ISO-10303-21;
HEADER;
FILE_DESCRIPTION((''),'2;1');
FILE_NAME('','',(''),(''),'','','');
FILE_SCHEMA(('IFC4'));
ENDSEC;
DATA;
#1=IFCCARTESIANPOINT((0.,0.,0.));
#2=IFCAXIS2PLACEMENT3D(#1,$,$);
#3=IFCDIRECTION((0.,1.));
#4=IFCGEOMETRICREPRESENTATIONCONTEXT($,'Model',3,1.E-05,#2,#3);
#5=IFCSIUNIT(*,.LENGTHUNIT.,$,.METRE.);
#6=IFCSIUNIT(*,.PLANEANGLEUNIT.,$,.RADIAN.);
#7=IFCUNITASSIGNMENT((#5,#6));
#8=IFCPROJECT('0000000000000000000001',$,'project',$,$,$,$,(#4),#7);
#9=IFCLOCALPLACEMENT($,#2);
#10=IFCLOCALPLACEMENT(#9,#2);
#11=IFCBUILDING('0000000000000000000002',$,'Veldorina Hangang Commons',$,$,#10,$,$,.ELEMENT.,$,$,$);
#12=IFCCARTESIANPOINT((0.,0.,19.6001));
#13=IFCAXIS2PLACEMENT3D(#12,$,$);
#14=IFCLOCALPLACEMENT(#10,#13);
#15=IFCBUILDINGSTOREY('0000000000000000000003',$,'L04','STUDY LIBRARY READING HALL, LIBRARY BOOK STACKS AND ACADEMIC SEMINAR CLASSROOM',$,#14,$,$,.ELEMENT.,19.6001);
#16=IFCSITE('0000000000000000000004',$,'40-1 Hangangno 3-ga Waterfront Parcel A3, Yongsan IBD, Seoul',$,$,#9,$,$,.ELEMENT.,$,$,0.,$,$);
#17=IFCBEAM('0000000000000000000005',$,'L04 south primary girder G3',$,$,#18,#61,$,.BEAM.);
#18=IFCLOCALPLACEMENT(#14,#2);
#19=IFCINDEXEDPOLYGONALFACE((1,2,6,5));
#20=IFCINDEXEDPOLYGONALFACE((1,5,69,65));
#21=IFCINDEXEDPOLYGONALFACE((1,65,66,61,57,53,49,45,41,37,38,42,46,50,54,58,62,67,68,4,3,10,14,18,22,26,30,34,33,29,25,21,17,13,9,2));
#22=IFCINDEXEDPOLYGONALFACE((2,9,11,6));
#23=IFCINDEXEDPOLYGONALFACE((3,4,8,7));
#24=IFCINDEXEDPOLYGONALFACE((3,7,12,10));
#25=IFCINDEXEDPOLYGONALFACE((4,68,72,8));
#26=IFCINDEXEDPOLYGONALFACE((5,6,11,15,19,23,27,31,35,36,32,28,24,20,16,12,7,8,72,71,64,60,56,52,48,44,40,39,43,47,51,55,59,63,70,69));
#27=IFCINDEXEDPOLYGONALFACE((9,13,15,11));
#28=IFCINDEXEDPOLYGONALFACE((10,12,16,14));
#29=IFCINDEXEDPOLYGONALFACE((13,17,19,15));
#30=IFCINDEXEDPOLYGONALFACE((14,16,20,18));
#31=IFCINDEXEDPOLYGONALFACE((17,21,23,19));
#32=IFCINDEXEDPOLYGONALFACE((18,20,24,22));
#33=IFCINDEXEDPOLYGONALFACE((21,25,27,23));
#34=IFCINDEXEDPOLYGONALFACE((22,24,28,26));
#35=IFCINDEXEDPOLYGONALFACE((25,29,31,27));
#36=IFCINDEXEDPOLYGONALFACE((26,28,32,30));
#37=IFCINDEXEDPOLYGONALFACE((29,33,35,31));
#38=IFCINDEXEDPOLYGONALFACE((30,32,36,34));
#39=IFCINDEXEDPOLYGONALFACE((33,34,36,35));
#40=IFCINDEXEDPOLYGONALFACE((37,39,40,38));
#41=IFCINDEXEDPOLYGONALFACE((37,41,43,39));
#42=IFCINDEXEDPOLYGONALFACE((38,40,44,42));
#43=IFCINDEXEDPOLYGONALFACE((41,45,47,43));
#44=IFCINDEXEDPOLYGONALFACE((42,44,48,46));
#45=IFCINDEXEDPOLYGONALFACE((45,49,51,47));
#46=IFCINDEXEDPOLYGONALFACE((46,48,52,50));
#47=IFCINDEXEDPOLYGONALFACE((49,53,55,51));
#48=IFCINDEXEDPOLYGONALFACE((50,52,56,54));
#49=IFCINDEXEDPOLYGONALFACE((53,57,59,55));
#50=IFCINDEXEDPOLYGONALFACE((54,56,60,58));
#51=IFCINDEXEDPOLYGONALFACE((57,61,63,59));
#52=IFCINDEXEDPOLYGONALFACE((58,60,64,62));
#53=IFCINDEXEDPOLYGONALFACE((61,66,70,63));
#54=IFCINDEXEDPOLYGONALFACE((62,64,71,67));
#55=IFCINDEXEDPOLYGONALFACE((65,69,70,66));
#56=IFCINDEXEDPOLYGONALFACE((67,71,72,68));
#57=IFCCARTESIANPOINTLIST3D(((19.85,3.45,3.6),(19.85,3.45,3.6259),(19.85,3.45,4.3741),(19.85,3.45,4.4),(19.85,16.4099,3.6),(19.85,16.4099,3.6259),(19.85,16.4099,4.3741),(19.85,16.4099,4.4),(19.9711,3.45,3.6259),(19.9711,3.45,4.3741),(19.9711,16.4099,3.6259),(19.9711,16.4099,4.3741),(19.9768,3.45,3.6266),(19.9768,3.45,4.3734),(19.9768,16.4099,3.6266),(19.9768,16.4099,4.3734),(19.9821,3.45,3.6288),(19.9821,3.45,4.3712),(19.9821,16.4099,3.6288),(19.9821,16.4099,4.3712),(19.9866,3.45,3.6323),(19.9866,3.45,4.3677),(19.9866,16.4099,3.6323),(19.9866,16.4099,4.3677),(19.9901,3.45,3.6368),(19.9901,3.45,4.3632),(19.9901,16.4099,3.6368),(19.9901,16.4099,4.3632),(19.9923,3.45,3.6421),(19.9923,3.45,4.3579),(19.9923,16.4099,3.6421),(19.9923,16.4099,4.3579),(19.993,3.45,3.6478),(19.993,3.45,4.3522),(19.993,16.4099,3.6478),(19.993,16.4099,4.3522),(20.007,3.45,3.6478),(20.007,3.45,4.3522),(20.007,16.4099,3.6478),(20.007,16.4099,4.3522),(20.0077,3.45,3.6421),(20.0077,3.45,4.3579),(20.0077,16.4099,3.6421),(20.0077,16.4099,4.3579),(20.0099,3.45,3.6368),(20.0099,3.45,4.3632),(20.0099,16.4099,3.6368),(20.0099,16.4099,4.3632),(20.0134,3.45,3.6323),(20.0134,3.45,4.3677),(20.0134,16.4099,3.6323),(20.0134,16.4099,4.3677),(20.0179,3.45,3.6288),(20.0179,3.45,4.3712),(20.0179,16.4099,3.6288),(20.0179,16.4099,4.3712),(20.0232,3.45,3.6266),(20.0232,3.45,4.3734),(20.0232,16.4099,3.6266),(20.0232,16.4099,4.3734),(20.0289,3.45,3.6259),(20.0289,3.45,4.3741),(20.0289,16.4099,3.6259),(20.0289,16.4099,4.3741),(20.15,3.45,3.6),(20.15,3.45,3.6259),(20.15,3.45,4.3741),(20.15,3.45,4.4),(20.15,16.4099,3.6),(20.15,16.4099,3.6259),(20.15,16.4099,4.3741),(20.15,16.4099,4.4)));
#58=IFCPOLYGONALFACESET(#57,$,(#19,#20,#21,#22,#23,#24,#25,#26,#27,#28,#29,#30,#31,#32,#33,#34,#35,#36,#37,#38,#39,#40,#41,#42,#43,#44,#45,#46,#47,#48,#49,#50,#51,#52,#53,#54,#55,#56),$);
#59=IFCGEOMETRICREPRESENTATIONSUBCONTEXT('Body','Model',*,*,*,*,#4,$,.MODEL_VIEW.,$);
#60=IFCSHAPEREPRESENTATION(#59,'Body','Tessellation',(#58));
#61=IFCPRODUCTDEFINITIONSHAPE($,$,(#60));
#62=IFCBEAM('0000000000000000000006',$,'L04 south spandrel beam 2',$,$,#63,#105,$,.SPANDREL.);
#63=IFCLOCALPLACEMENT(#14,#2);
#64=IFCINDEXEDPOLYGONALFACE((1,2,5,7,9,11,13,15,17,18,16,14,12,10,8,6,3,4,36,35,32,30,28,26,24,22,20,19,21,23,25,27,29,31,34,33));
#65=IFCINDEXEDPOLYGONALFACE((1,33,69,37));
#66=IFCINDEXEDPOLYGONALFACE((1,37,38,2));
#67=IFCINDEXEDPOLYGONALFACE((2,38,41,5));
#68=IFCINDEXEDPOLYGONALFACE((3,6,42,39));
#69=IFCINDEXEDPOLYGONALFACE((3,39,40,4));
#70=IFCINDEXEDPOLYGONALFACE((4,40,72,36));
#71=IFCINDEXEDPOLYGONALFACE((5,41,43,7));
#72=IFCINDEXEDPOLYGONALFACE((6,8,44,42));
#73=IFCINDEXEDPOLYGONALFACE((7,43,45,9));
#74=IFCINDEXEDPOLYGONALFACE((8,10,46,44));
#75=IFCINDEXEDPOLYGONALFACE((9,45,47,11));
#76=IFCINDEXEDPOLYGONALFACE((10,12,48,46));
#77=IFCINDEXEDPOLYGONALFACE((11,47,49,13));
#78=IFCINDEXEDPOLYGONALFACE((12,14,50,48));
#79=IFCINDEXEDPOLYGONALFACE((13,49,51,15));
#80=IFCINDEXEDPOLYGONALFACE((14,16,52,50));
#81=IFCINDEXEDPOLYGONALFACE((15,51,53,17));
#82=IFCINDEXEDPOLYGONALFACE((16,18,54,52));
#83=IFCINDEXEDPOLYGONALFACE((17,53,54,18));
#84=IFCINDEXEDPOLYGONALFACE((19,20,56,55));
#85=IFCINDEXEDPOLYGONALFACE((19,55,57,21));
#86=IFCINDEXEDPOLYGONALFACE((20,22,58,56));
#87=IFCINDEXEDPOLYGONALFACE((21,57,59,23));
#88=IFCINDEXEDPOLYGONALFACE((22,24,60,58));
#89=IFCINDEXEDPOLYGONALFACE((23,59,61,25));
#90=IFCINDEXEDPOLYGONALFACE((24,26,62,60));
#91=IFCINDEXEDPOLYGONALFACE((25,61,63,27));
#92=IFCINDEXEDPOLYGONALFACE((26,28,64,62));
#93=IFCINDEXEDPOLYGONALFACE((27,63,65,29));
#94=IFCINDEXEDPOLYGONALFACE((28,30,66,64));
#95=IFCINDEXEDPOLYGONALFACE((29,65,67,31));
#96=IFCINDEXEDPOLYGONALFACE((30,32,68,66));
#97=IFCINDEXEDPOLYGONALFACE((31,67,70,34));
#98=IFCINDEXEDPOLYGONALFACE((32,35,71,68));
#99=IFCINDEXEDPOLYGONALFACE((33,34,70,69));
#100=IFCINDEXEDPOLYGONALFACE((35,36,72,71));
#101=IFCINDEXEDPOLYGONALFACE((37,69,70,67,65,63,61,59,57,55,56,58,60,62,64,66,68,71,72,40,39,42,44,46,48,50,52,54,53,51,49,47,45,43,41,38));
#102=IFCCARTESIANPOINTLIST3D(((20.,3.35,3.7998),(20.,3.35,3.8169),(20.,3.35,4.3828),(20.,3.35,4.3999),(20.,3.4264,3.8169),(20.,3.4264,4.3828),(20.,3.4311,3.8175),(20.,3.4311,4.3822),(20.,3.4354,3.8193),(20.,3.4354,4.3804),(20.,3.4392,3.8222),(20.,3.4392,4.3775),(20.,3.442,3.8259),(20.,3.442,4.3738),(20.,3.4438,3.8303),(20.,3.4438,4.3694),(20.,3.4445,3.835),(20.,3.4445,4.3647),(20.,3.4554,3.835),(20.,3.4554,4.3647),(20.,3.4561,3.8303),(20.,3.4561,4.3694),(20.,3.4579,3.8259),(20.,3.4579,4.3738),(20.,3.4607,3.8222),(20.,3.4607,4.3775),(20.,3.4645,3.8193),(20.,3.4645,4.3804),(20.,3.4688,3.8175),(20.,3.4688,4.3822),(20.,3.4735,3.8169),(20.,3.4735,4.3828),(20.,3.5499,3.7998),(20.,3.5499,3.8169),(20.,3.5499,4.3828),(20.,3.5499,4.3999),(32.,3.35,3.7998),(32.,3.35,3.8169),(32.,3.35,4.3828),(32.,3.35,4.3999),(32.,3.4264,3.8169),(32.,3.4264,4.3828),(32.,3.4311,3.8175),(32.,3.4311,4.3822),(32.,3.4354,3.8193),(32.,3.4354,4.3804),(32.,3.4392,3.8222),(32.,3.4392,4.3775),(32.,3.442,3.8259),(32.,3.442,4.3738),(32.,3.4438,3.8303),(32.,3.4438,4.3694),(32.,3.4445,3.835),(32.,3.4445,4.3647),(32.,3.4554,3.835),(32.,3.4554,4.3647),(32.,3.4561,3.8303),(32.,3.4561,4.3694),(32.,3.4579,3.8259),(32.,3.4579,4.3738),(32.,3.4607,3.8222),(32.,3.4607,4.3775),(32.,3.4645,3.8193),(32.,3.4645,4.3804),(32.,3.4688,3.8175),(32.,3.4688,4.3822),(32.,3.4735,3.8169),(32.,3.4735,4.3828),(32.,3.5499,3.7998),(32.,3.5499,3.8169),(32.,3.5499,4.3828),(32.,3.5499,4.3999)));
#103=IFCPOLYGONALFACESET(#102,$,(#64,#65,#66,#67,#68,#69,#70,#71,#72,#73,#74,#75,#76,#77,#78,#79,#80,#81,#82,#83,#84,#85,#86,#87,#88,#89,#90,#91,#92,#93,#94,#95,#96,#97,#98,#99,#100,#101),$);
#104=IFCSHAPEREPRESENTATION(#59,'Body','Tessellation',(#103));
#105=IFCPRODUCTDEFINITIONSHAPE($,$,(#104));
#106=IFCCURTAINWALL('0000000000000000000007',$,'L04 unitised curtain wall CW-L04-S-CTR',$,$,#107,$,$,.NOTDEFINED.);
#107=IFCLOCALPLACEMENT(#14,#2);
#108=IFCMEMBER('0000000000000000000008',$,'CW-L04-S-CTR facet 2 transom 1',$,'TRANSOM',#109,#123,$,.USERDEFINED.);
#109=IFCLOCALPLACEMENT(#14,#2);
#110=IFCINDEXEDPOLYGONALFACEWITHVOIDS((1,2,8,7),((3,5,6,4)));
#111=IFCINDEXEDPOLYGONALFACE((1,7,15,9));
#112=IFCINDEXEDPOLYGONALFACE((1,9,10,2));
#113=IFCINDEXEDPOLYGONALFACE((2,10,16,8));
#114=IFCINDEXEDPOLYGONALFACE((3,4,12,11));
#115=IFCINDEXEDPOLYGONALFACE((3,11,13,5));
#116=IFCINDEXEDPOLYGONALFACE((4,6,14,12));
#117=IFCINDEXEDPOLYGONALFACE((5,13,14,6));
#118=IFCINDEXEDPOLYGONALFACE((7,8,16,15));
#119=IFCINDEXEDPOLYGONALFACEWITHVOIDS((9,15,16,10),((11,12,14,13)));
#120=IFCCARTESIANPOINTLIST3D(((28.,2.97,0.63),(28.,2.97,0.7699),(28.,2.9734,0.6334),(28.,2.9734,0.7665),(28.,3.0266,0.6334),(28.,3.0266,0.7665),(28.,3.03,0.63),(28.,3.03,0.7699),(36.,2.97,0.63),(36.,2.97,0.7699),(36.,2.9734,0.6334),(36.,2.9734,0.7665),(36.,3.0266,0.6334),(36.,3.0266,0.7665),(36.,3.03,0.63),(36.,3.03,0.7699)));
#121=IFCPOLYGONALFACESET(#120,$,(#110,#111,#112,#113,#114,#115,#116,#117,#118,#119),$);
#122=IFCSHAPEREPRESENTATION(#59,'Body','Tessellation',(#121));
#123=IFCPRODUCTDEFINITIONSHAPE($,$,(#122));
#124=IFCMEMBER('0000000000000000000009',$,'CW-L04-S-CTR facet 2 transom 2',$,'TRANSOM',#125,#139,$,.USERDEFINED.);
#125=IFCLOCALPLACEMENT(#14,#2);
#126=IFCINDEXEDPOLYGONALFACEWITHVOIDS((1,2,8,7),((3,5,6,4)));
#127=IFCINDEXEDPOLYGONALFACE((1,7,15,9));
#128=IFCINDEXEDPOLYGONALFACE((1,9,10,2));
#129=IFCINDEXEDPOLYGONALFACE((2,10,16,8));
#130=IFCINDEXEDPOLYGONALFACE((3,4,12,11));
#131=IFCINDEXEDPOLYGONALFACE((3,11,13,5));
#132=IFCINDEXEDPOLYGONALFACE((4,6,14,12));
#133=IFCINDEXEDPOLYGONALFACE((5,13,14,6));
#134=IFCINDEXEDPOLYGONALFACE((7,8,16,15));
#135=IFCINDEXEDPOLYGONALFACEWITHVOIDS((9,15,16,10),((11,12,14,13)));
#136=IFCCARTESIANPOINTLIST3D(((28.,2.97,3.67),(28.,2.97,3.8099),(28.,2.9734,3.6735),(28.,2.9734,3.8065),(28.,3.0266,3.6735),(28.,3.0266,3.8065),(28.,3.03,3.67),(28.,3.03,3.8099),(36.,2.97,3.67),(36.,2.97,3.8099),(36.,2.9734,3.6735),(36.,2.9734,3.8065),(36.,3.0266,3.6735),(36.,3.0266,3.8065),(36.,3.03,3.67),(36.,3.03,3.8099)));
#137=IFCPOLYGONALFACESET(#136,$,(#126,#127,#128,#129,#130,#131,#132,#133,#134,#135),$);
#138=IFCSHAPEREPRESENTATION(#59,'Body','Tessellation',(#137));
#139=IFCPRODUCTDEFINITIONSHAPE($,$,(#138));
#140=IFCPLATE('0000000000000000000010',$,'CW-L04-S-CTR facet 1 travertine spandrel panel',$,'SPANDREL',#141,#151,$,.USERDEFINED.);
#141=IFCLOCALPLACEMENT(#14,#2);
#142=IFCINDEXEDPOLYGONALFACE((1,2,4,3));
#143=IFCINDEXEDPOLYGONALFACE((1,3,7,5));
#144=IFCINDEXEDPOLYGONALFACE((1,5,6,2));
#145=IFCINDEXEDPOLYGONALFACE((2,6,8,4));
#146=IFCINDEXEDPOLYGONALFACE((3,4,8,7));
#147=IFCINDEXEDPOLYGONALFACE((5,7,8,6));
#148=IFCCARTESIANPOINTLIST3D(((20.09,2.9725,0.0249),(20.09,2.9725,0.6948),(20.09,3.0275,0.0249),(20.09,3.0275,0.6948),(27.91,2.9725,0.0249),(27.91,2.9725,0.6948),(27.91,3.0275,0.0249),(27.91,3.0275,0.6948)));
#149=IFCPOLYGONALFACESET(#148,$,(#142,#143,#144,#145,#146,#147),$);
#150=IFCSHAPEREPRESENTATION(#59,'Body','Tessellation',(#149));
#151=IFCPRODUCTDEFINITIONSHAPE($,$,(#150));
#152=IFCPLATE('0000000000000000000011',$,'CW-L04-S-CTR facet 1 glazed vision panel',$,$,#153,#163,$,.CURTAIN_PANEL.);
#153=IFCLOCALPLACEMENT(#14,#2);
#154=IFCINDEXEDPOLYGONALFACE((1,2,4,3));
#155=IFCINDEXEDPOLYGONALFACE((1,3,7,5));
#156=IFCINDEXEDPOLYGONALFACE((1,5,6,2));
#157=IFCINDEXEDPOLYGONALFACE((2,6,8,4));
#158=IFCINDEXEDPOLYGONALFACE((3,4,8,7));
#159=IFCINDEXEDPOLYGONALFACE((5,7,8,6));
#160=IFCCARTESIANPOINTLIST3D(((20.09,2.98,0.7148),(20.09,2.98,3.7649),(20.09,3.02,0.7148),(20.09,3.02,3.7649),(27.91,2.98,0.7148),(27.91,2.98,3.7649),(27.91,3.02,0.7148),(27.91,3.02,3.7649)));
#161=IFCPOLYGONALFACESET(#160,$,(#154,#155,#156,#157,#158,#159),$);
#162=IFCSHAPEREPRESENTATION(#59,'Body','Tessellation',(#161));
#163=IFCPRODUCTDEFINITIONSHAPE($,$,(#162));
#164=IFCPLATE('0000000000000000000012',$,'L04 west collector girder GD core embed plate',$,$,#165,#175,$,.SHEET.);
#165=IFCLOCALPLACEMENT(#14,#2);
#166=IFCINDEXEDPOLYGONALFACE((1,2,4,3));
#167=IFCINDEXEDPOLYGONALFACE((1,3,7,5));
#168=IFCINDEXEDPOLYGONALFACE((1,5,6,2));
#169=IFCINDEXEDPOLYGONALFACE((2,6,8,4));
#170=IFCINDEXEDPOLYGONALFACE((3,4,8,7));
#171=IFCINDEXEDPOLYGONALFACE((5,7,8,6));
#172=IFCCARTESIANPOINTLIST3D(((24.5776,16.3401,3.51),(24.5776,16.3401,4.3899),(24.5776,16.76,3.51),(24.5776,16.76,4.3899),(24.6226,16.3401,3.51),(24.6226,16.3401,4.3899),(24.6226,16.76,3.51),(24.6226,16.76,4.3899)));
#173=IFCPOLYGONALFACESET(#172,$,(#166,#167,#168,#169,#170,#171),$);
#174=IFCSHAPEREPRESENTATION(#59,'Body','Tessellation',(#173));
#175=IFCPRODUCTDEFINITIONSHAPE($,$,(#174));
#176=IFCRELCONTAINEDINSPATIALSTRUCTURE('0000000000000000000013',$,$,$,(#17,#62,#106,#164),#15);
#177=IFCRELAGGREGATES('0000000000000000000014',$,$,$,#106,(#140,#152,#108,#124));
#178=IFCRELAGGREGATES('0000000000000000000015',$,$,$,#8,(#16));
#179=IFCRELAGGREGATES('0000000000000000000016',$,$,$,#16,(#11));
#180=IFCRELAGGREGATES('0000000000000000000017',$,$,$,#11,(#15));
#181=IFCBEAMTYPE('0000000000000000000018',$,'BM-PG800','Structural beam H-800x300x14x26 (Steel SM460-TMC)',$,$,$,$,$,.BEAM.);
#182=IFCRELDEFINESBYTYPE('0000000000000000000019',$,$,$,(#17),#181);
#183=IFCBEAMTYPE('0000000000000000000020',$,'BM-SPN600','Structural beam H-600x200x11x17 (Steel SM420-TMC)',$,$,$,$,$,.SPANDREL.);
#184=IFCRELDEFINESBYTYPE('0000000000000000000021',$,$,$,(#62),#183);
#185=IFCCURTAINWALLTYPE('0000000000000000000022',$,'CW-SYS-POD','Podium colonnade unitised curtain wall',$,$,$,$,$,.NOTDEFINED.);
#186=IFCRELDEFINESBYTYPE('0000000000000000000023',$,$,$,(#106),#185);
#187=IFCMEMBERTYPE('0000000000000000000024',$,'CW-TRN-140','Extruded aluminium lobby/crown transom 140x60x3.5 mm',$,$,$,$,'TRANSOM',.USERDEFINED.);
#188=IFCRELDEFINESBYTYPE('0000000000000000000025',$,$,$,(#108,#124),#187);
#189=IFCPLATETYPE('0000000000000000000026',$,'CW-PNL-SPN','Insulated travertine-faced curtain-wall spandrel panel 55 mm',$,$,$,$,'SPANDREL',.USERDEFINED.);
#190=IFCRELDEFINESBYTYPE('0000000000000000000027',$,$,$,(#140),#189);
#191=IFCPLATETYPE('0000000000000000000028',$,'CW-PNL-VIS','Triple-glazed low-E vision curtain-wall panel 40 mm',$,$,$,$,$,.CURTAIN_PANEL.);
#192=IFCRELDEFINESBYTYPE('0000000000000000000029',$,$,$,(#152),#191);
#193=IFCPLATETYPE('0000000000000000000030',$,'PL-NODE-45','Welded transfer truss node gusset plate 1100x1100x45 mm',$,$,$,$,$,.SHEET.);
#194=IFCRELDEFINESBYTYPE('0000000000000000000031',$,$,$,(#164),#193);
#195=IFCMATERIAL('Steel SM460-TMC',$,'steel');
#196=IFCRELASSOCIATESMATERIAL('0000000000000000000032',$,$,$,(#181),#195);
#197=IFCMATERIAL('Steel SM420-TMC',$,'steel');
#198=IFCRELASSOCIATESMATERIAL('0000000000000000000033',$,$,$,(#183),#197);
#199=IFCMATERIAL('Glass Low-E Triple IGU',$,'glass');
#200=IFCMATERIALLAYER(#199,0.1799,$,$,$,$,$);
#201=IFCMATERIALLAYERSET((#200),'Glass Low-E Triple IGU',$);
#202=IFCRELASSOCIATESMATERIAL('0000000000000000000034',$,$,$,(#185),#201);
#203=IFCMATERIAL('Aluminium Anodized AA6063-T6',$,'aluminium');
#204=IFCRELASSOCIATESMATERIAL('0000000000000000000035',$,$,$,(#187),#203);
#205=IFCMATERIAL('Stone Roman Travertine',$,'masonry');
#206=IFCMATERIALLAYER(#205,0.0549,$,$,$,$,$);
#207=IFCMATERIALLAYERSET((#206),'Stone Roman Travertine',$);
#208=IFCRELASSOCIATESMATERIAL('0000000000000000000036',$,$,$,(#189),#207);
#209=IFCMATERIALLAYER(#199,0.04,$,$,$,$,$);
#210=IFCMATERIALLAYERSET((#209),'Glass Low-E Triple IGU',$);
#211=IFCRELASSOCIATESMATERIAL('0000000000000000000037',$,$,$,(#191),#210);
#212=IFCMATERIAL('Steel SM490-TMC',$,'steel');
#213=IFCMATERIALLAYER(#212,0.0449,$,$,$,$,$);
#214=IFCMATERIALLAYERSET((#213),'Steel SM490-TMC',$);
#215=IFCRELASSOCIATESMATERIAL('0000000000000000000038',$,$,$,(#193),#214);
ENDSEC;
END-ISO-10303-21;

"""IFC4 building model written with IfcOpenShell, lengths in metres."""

from ifc_helpers import new_model, si_unit, direction, frame, origin, origin_2d, place, context, subcontext, project, spatial, rectangle, hollow_rectangle, i_section, extrude, material, layer, layer_set, material_profile, profile_set, type_object, element, aggregate, save


model = new_model("IFC4")

# Units and contexts
model_context = context("Model", 3, precision=1e-05, world=origin(), true_north=direction((0.0, 1.0)))
body_context = subcontext(model_context, "Body", "Model", "MODEL_VIEW")
ifc_project = project(units=[si_unit("LENGTHUNIT", "METRE"), si_unit("PLANEANGLEUNIT", "RADIAN")], contexts=[model_context])

# Site, building, storey
site_placement = place(None, origin())
site = spatial("IfcSite", under=ifc_project, at=site_placement, Name="40-1 Hangangno 3-ga Waterfront Parcel A3, Yongsan IBD, Seoul", CompositionType="ELEMENT", RefElevation=0.0)
building_placement = place(site_placement, origin())
building = spatial("IfcBuilding", under=site, at=building_placement, Name="Veldorina Hangang Commons", CompositionType="ELEMENT")
storey_placement = place(building_placement, frame((0.0, 0.0, 19.6001)))
storey = spatial("IfcBuildingStorey", under=building, at=storey_placement, Name="L04", Description="STUDY LIBRARY READING HALL, LIBRARY BOOK STACKS AND ACADEMIC SEMINAR CLASSROOM", CompositionType="ELEMENT", Elevation=19.6001)

# Shared definitions
ifc_material_1 = material(Name="Steel SM490-TMC", Category="steel")

# Beams
ifc_material_2 = material(Name="Steel SM460-TMC", Category="steel")
ifc_material_profile_1 = material_profile(ifc_material_2, i_section(OverallWidth=0.3, OverallDepth=0.8, WebThickness=0.0139, FlangeThickness=0.0259, FilletRadius=0.022, at=origin_2d()), Name="H-800x300x14x26")
ifc_profile_set_1 = profile_set([ifc_material_profile_1], Name="Steel SM460-TMC")
beam_type_1 = type_object("IfcBeamType", Name="BM-PG800", Description="Structural beam H-800x300x14x26 (Steel SM460-TMC)", PredefinedType="BEAM", material=ifc_profile_set_1)
beam_1_placement = place(storey_placement, frame((20.0, 3.45, 4.0), z_axis=(0.0, 1.0, 0.0), x_axis=(-1.0, 0.0, 0.0)))
element("IfcBeam", 1, at=beam_1_placement, inside=storey, type_object=beam_type_1, Name="L04 south primary girder G3", PredefinedType="BEAM", context=body_context, shape_type="SweptSolid", body=[
    extrude(i_section(OverallWidth=0.3, OverallDepth=0.8, WebThickness=0.0139, FlangeThickness=0.0259, FilletRadius=0.022, at=origin_2d()), origin(), (0.0, 0.0, 1.0), 12.96),
])
ifc_material_3 = material(Name="Steel SM420-TMC", Category="steel")
ifc_material_profile_2 = material_profile(ifc_material_3, i_section(OverallWidth=0.2, OverallDepth=0.6001, WebThickness=0.011, FlangeThickness=0.0171, FilletRadius=0.0181, at=origin_2d()), Name="H-600x200x11x17")
ifc_profile_set_2 = profile_set([ifc_material_profile_2], Name="Steel SM420-TMC")
beam_type_2 = type_object("IfcBeamType", Name="BM-SPN600", Description="Structural beam H-600x200x11x17 (Steel SM420-TMC)", PredefinedType="SPANDREL", material=ifc_profile_set_2)
beam_2_placement = place(storey_placement, frame((20.0, 3.45, 4.0999), z_axis=(1.0, 0.0, 0.0), x_axis=(0.0, 1.0, 0.0)))
element("IfcBeam", 2, at=beam_2_placement, inside=storey, type_object=beam_type_2, Name="L04 south spandrel beam 2", PredefinedType="SPANDREL", context=body_context, shape_type="SweptSolid", body=[
    extrude(i_section(OverallWidth=0.2, OverallDepth=0.6001, WebThickness=0.011, FlangeThickness=0.0171, FilletRadius=0.0181, at=origin_2d()), origin(), (0.0, 0.0, 1.0), 12.0),
])

# Curtain wall, members, plates
ifc_material_4 = material(Name="Glass Low-E Triple IGU", Category="glass")
ifc_layer_1 = layer(ifc_material_4, 0.1799)
ifc_layer_set_1 = layer_set([ifc_layer_1], Name="Glass Low-E Triple IGU")
curtain_wall_type = type_object("IfcCurtainWallType", Name="CW-SYS-POD", Description="Podium colonnade unitised curtain wall", PredefinedType="NOTDEFINED", material=ifc_layer_set_1)
curtain_wall_placement = place(storey_placement, origin())
curtain_wall = element("IfcCurtainWall", 3, at=curtain_wall_placement, inside=storey, type_object=curtain_wall_type, Name="L04 unitised curtain wall CW-L04-S-CTR", PredefinedType="NOTDEFINED")
ifc_material_5 = material(Name="Aluminium Anodized AA6063-T6", Category="aluminium")
ifc_material_profile_3 = material_profile(ifc_material_5, hollow_rectangle(XDim=0.0601, YDim=0.1399, WallThickness=0.0034, at=origin_2d()), Name="ALU-RHS-140x60x3.5")
ifc_profile_set_3 = profile_set([ifc_material_profile_3], Name="Aluminium Anodized AA6063-T6")
member_type = type_object("IfcMemberType", Name="CW-TRN-140", Description="Extruded aluminium lobby/crown transom 140x60x3.5 mm", ElementType="TRANSOM", PredefinedType="USERDEFINED", material=ifc_profile_set_3)
member_1_placement = place(storey_placement, frame((28.0, 3.0, 0.7), z_axis=(1.0, 0.0, 0.0), x_axis=(0.0, 1.0, 0.0)))
member_1 = element("IfcMember", 4, at=member_1_placement, type_object=member_type, Name="CW-L04-S-CTR facet 2 transom 1", ObjectType="TRANSOM", PredefinedType="USERDEFINED", context=body_context, shape_type="SweptSolid", body=[
    extrude(hollow_rectangle(XDim=0.0601, YDim=0.1399, WallThickness=0.0034, at=origin_2d()), origin(), (0.0, 0.0, 1.0), 8.0),
])
member_2_placement = place(storey_placement, frame((28.0, 3.0, 3.74), z_axis=(1.0, 0.0, 0.0), x_axis=(0.0, 1.0, 0.0)))
member_2 = element("IfcMember", 5, at=member_2_placement, type_object=member_type, Name="CW-L04-S-CTR facet 2 transom 2", ObjectType="TRANSOM", PredefinedType="USERDEFINED", context=body_context, shape_type="SweptSolid", body=[
    extrude(hollow_rectangle(XDim=0.0601, YDim=0.1399, WallThickness=0.0034, at=origin_2d()), origin(), (0.0, 0.0, 1.0), 8.0),
])
ifc_material_6 = material(Name="Stone Roman Travertine", Category="masonry")
ifc_layer_2 = layer(ifc_material_6, 0.0549)
ifc_layer_set_2 = layer_set([ifc_layer_2], Name="Stone Roman Travertine")
plate_type_1 = type_object("IfcPlateType", Name="CW-PNL-SPN", Description="Insulated travertine-faced curtain-wall spandrel panel 55 mm", ElementType="SPANDREL", PredefinedType="USERDEFINED", material=ifc_layer_set_2)
plate_1_placement = place(storey_placement, frame((24.0, 3.0, 0.0249), z_axis=(0.0, 0.0, 1.0), x_axis=(1.0, 0.0, 0.0)))
plate_1 = element("IfcPlate", 6, at=plate_1_placement, type_object=plate_type_1, Name="CW-L04-S-CTR facet 1 travertine spandrel panel", ObjectType="SPANDREL", PredefinedType="USERDEFINED", context=body_context, shape_type="SweptSolid", body=[
    extrude(rectangle(XDim=7.8201, YDim=0.0549, at=origin_2d()), origin(), (0.0, 0.0, 1.0), 0.6699),
])
ifc_layer_3 = layer(ifc_material_4, 0.04)
ifc_layer_set_3 = layer_set([ifc_layer_3], Name="Glass Low-E Triple IGU")
plate_type_2 = type_object("IfcPlateType", Name="CW-PNL-VIS", Description="Triple-glazed low-E vision curtain-wall panel 40 mm", PredefinedType="CURTAIN_PANEL", material=ifc_layer_set_3)
plate_2_placement = place(storey_placement, frame((24.0, 3.0, 0.7148), z_axis=(0.0, 0.0, 1.0), x_axis=(1.0, 0.0, 0.0)))
plate_2 = element("IfcPlate", 7, at=plate_2_placement, type_object=plate_type_2, Name="CW-L04-S-CTR facet 1 glazed vision panel", PredefinedType="CURTAIN_PANEL", context=body_context, shape_type="SweptSolid", body=[
    extrude(rectangle(XDim=7.8201, YDim=0.04, at=origin_2d()), origin(), (0.0, 0.0, 1.0), 3.05),
])
aggregate(curtain_wall, [plate_1, plate_2, member_1, member_2])

# Plate
ifc_layer_4 = layer(ifc_material_1, 0.0449)
ifc_layer_set_4 = layer_set([ifc_layer_4], Name="Steel SM490-TMC")
plate_type_3 = type_object("IfcPlateType", Name="PL-NODE-45", Description="Welded transfer truss node gusset plate 1100x1100x45 mm", PredefinedType="SHEET", material=ifc_layer_set_4)
plate_3_placement = place(storey_placement, frame((24.6001, 16.55, 3.51), z_axis=(0.0, 0.0, 1.0), x_axis=(1.0, 0.0, 0.0)))
element("IfcPlate", 8, at=plate_3_placement, inside=storey, type_object=plate_type_3, Name="L04 west collector girder GD core embed plate", PredefinedType="SHEET", context=body_context, shape_type="SweptSolid", body=[
    extrude(rectangle(XDim=0.0449, YDim=0.4199, at=origin_2d()), origin(), (0.0, 0.0, 1.0), 0.8799),
])

save(model, "model.ifc")
